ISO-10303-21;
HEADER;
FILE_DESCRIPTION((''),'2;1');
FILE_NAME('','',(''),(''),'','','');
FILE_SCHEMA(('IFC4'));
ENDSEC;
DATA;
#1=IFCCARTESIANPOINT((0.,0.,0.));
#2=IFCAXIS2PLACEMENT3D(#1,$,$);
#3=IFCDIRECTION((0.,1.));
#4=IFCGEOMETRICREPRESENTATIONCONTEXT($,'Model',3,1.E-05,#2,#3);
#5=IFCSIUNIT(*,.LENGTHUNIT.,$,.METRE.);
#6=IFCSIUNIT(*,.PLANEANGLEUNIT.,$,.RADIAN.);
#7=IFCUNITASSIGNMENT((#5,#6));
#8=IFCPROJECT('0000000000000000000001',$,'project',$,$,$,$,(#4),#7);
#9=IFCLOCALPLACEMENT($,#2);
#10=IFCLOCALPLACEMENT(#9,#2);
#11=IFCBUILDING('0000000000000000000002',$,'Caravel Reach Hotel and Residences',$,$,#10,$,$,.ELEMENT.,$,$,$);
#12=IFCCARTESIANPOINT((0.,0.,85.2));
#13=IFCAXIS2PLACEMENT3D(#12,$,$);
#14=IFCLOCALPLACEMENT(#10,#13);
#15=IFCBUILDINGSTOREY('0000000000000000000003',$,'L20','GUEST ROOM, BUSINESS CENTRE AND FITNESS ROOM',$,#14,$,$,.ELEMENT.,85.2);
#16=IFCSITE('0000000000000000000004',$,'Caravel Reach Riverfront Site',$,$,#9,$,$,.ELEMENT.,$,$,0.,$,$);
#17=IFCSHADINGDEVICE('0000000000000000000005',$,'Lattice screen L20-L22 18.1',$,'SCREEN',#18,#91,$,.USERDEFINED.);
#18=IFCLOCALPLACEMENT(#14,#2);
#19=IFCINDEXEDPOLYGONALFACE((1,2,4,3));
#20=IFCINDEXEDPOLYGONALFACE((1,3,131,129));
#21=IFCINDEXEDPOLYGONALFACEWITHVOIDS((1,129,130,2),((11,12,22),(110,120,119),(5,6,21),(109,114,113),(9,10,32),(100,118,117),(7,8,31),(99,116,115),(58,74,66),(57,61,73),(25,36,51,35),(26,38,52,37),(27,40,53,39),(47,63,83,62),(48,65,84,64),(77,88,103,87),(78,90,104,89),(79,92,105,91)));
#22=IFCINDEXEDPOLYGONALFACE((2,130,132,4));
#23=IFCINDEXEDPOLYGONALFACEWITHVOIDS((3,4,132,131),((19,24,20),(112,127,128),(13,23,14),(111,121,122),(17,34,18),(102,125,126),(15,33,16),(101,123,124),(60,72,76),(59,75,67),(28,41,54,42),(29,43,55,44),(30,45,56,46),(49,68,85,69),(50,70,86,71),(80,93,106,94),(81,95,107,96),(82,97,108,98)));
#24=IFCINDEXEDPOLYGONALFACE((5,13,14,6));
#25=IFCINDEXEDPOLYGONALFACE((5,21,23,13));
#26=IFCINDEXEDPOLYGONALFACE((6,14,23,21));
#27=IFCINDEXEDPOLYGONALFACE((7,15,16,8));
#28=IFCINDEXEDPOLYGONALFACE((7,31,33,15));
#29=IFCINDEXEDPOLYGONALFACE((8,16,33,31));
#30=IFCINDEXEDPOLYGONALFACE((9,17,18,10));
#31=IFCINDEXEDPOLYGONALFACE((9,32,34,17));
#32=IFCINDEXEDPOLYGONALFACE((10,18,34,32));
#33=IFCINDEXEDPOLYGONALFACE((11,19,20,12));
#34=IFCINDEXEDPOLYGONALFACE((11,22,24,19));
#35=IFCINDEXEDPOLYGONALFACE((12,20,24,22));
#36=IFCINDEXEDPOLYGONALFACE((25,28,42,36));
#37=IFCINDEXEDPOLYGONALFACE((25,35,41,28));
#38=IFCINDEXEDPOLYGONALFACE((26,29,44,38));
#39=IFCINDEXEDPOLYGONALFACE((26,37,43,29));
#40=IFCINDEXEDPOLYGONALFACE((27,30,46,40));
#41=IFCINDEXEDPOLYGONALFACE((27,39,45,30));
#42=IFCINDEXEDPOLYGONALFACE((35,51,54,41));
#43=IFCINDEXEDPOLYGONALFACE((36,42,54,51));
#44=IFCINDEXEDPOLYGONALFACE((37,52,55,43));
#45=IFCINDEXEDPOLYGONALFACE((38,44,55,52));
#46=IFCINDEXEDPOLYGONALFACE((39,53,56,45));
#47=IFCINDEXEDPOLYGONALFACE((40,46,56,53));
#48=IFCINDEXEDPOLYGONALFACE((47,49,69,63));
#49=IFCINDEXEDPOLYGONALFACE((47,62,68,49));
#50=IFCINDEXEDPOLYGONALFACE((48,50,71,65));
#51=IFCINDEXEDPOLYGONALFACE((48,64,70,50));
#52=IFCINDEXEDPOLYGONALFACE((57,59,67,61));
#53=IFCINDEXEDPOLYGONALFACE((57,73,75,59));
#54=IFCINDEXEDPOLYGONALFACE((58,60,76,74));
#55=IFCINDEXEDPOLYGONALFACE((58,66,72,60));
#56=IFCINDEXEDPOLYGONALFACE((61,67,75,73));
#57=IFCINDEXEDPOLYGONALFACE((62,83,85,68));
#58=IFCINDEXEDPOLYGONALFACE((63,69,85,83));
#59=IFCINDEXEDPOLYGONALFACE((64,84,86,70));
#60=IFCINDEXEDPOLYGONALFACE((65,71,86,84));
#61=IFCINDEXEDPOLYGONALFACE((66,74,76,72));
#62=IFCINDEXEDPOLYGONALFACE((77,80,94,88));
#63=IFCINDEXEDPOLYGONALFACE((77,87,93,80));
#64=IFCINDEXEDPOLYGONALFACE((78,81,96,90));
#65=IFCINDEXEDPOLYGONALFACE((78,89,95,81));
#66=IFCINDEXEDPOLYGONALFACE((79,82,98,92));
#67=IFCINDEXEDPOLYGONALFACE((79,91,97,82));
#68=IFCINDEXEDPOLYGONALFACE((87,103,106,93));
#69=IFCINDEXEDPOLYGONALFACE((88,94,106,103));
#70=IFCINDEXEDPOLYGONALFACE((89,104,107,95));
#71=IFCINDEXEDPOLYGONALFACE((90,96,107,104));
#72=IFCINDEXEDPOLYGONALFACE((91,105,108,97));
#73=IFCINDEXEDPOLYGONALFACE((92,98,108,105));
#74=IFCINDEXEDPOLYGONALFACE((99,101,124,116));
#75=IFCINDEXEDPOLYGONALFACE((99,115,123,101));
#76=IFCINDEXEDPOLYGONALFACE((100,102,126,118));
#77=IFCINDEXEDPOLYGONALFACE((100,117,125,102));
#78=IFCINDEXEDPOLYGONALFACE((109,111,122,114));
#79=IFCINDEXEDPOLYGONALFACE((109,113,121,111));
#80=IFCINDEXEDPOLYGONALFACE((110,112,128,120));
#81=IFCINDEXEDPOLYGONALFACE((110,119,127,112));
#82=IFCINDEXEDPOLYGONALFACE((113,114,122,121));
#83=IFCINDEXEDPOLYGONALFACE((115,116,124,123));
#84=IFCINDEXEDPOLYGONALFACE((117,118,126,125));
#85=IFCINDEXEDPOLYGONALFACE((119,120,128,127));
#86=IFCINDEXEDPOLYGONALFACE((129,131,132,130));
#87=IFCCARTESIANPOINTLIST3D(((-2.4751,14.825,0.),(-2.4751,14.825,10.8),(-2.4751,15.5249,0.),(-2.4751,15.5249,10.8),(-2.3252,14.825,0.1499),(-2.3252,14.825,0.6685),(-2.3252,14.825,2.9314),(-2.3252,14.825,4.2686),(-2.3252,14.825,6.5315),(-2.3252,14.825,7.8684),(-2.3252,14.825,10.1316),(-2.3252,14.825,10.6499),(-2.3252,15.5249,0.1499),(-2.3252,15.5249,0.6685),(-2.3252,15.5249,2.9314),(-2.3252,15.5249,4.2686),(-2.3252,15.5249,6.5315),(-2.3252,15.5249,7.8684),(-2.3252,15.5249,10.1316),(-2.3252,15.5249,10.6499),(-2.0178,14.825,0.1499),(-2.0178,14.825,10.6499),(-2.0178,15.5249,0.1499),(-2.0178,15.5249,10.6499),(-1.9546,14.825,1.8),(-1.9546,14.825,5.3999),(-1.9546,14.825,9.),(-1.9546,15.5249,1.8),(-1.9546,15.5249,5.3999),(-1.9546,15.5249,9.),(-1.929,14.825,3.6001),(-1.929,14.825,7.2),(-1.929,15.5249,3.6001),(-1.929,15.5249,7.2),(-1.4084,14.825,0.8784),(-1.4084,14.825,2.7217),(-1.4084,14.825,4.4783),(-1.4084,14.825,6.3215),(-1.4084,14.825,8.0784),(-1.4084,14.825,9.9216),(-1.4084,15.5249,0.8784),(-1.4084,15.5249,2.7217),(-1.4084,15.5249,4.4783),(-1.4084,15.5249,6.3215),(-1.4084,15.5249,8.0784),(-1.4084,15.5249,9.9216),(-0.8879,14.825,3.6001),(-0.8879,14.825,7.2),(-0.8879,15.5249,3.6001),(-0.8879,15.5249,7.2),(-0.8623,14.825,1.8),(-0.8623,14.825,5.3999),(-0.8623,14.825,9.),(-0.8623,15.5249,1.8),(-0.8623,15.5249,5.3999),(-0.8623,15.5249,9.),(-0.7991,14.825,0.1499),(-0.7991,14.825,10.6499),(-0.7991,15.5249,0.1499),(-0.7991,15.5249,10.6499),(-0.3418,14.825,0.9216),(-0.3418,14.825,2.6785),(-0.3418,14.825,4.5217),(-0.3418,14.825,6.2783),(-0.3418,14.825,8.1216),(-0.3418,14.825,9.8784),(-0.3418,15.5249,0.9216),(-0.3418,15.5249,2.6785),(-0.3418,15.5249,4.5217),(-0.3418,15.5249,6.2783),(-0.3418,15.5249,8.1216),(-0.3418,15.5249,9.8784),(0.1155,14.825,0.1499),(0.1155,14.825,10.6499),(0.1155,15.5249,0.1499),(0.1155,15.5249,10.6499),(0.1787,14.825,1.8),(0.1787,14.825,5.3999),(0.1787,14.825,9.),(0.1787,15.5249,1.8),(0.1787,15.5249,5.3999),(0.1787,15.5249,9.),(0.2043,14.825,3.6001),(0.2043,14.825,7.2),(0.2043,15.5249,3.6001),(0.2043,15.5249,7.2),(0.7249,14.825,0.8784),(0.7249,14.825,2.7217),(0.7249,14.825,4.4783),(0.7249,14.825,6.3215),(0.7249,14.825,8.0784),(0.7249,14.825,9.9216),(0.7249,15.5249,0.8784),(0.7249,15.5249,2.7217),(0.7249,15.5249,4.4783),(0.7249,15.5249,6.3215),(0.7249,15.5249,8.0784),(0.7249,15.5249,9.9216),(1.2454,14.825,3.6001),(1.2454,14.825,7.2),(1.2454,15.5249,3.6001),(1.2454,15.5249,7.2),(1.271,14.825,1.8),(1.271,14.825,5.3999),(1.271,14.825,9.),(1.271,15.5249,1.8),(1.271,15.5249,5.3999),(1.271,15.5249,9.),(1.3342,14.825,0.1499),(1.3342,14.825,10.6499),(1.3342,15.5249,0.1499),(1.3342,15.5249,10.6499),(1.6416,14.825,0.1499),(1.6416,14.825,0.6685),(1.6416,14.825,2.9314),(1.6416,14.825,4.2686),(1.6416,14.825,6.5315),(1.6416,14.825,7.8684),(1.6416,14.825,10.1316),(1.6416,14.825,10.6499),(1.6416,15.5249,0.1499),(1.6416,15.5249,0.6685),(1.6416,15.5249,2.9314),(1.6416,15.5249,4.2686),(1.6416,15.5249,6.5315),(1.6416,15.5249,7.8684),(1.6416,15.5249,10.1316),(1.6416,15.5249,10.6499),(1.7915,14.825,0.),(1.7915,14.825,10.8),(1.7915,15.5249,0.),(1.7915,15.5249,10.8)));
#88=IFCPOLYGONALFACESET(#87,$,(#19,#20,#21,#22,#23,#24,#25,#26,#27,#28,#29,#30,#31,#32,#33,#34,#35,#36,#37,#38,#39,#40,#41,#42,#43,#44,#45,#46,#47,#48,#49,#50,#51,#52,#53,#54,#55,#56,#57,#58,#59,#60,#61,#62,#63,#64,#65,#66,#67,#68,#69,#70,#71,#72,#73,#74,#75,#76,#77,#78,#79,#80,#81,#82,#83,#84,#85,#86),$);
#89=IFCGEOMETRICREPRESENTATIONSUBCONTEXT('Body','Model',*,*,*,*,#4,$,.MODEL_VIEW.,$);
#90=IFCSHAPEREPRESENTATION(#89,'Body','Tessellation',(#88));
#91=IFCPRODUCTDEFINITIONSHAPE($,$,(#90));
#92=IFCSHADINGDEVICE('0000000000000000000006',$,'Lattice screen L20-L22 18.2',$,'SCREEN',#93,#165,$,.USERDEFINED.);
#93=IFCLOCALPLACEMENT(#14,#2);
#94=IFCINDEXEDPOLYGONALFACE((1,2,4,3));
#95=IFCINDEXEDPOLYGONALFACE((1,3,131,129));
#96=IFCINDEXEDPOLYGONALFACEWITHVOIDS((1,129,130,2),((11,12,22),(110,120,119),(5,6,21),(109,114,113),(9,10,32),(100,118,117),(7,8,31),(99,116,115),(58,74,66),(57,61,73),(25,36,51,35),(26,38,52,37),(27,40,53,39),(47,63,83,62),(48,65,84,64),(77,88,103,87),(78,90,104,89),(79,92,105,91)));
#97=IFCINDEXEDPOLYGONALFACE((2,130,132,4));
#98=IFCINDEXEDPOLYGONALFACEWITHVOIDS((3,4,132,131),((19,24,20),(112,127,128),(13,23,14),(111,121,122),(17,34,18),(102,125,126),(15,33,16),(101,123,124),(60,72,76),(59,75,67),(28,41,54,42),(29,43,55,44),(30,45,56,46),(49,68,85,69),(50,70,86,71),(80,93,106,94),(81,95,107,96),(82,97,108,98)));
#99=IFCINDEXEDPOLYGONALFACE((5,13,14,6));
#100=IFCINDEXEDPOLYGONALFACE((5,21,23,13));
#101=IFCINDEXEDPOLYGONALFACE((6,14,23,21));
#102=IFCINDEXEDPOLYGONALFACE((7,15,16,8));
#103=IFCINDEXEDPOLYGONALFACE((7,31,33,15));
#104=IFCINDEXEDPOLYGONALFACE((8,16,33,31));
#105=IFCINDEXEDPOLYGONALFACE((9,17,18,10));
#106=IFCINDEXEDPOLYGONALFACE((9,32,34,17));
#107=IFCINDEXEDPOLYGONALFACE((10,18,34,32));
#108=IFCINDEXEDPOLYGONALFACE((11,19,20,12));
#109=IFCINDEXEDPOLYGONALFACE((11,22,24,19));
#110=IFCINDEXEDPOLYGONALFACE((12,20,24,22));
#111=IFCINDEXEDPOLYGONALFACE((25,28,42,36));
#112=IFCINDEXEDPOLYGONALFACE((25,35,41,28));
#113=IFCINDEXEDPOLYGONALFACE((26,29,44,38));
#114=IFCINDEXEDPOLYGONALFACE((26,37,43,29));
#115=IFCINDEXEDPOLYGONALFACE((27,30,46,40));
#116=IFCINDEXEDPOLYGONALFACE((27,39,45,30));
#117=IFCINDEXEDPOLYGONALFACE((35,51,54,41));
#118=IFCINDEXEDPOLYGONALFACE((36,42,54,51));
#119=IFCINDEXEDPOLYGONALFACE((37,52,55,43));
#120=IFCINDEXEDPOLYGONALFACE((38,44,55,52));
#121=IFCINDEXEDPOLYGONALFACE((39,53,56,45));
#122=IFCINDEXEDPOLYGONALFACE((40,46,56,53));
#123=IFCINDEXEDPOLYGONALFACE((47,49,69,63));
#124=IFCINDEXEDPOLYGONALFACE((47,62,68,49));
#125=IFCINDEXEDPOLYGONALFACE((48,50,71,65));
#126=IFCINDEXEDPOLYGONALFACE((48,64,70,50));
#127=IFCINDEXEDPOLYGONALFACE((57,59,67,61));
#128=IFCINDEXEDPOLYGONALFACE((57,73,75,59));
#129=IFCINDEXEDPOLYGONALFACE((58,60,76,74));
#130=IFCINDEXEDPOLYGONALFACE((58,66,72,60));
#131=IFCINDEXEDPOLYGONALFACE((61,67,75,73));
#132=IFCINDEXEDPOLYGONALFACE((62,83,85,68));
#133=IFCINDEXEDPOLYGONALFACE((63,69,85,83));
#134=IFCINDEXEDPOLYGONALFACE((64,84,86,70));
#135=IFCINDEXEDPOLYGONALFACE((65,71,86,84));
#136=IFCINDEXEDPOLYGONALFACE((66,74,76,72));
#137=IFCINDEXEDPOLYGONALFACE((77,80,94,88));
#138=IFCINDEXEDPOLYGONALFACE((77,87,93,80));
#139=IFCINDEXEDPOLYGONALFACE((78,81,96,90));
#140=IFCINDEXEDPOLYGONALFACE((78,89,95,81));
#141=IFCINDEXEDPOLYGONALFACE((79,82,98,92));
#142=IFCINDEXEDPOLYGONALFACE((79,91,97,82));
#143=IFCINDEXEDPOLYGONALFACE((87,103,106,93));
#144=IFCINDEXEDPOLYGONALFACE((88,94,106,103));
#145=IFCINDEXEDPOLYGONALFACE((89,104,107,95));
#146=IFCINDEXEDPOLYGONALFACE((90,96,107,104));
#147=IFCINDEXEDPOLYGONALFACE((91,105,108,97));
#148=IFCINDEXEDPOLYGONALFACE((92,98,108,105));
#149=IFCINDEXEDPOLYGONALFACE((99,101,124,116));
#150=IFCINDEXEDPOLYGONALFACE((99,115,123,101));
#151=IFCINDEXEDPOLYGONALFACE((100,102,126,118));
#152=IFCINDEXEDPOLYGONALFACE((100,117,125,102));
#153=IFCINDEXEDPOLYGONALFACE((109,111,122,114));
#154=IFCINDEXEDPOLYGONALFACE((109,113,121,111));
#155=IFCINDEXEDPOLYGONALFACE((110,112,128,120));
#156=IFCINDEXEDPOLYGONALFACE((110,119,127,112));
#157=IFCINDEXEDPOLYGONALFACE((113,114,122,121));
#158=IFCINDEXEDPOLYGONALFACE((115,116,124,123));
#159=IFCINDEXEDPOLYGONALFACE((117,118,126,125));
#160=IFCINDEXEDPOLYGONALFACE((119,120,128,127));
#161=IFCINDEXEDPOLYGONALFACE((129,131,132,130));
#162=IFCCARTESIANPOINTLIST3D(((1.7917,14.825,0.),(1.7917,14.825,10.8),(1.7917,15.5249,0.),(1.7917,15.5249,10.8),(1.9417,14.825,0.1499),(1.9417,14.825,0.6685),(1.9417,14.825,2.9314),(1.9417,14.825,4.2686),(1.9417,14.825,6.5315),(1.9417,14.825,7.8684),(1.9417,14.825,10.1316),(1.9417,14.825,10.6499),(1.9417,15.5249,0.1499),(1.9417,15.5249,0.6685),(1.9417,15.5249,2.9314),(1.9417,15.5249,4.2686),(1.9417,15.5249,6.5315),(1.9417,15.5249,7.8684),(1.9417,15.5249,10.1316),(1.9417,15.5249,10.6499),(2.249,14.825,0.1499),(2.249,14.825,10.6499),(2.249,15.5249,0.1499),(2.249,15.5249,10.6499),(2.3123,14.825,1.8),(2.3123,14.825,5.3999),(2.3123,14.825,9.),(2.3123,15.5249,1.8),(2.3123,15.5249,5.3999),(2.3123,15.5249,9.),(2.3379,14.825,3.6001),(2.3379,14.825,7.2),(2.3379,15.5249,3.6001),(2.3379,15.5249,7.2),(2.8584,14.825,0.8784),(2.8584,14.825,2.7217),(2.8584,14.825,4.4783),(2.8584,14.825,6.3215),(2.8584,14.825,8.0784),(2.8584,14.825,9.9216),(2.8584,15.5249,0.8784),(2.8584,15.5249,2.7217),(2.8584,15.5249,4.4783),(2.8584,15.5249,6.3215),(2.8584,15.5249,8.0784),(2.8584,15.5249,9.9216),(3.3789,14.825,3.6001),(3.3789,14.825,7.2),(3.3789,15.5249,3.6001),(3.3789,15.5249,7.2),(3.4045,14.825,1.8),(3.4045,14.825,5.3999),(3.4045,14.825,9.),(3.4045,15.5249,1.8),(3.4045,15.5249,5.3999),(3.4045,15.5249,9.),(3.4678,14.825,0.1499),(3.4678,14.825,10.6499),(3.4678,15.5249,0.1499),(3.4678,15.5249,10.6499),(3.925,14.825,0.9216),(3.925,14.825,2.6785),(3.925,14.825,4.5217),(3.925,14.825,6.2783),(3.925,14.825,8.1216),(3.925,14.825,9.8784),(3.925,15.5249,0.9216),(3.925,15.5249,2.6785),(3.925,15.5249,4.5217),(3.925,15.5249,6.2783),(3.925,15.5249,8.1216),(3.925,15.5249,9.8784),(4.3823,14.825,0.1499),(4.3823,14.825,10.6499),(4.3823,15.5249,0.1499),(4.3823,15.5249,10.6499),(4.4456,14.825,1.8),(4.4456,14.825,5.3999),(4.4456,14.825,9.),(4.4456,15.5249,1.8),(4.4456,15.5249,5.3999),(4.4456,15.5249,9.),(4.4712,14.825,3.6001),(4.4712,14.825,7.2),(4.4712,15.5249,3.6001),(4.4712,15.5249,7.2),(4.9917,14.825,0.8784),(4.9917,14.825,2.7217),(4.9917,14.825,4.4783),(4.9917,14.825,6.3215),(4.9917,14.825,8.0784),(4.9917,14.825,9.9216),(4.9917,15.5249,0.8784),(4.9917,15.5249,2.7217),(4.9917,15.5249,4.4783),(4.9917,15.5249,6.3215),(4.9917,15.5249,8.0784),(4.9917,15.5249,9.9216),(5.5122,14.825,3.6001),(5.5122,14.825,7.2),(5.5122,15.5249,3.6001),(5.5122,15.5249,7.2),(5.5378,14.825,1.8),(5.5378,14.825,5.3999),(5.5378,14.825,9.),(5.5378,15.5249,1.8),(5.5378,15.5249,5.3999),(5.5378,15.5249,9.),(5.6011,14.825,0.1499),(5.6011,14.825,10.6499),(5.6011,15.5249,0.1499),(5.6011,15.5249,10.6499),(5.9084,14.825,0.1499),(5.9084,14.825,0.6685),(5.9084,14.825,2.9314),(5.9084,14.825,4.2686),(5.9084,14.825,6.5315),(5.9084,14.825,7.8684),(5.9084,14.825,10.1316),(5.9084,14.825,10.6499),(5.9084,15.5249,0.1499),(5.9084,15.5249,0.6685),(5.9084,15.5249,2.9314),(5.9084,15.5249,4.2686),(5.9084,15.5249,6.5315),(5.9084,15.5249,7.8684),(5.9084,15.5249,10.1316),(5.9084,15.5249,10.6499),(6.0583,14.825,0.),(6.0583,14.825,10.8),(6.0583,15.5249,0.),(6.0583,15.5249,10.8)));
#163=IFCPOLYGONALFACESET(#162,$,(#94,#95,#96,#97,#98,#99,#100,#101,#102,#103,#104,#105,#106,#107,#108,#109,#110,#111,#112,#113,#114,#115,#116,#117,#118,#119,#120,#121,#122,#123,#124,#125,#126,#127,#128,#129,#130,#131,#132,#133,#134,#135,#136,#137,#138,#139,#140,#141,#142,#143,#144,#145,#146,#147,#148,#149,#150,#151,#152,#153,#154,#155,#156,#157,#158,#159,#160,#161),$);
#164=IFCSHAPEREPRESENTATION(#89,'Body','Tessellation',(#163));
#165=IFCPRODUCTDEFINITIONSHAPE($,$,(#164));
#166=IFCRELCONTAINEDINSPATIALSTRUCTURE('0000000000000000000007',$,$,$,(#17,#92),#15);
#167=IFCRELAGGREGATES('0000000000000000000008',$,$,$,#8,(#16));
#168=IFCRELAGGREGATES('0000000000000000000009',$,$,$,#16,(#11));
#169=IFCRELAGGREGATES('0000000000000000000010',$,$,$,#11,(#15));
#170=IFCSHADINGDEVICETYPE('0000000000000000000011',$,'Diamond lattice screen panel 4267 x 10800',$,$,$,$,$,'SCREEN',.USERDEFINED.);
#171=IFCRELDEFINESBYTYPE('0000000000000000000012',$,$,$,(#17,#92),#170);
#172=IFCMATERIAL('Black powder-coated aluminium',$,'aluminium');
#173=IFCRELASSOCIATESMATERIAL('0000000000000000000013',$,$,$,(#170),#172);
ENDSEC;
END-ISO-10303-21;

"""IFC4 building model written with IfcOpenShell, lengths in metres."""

from ifc_helpers import new_model, si_unit, direction, frame, origin, place, context, subcontext, project, spatial, polyline, outline, extrude, material, type_object, element, save


model = new_model("IFC4")

# Units and contexts
model_context = context("Model", 3, precision=1e-05, world=origin(), true_north=direction((0.0, 1.0)))
body_context = subcontext(model_context, "Body", "Model", "MODEL_VIEW")
ifc_project = project(units=[si_unit("LENGTHUNIT", "METRE"), si_unit("PLANEANGLEUNIT", "RADIAN")], contexts=[model_context])

# Site, building, storey
site_placement = place(None, origin())
site = spatial("IfcSite", under=ifc_project, at=site_placement, Name="Caravel Reach Riverfront Site", CompositionType="ELEMENT", RefElevation=0.0)
building_placement = place(site_placement, origin())
building = spatial("IfcBuilding", under=site, at=building_placement, Name="Caravel Reach Hotel and Residences", CompositionType="ELEMENT")
storey_placement = place(building_placement, frame((0.0, 0.0, 85.2)))
storey = spatial("IfcBuildingStorey", under=building, at=storey_placement, Name="L20", Description="GUEST ROOM, BUSINESS CENTRE AND FITNESS ROOM", CompositionType="ELEMENT", Elevation=85.2)

# Shading devices
ifc_material_1 = material(Name="Black powder-coated aluminium", Category="aluminium")
shading_device_type_1 = type_object("IfcShadingDeviceType", Name="Diamond lattice screen panel 4267 x 10800", ElementType="SCREEN", PredefinedType="USERDEFINED", material=ifc_material_1)
shading_device_1_placement = place(storey_placement, frame((-2.4751, 15.5249, 0.0), z_axis=(0.0, -1.0, 0.0), x_axis=(1.0, 0.0, 0.0)))
element("IfcShadingDevice", 1, at=shading_device_1_placement, inside=storey, type_object=shading_device_type_1, Name="Lattice screen L20-L22 18.1", ObjectType="SCREEN", PredefinedType="USERDEFINED", context=body_context, shape_type="SweptSolid", body=[
    extrude(outline(polyline([(0.0, 0.0), (4.2666, 0.0), (4.2666, 10.8), (0.0, 10.8), (0.0, 0.0)]), holes=[polyline([(0.4573, 0.1499), (0.1499, 0.6685), (0.1499, 0.1499), (0.4573, 0.1499)]), polyline([(0.5461, 3.6001), (0.1499, 4.2686), (0.1499, 2.9314), (0.5461, 3.6001)]), polyline([(0.5461, 7.2), (0.1499, 7.8684), (0.1499, 6.5315), (0.5461, 7.2)]), polyline([(0.1499, 10.1316), (0.4573, 10.6499), (0.1499, 10.6499), (0.1499, 10.1316)]), polyline([(1.0667, 2.7217), (0.5205, 1.8), (1.0667, 0.8784), (1.6128, 1.8), (1.0667, 2.7217)]), polyline([(1.0667, 6.3215), (0.5205, 5.3999), (1.0667, 4.4783), (1.6128, 5.3999), (1.0667, 6.3215)]), polyline([(1.0667, 9.9216), (0.5205, 9.0), (1.0667, 8.0784), (1.6128, 9.0), (1.0667, 9.9216)]), polyline([(2.1333, 0.9216), (1.676, 0.1499), (2.5906, 0.1499), (2.1333, 0.9216)]), polyline([(2.1333, 4.5217), (1.5872, 3.6001), (2.1333, 2.6785), (2.6794, 3.6001), (2.1333, 4.5217)]), polyline([(2.1333, 8.1216), (1.5872, 7.2), (2.1333, 6.2783), (2.6794, 7.2), (2.1333, 8.1216)]), polyline([(2.1333, 9.8784), (2.5906, 10.6499), (1.676, 10.6499), (2.1333, 9.8784)]), polyline([(3.2, 2.7217), (2.6538, 1.8), (3.2, 0.8784), (3.7461, 1.8), (3.2, 2.7217)]), polyline([(3.2, 6.3215), (2.6538, 5.3999), (3.2, 4.4783), (3.7461, 5.3999), (3.2, 6.3215)]), polyline([(3.2, 9.9216), (2.6538, 9.0), (3.2, 8.0784), (3.7461, 9.0), (3.2, 9.9216)]), polyline([(4.1167, 0.6685), (3.8093, 0.1499), (4.1167, 0.1499), (4.1167, 0.6685)]), polyline([(3.7205, 3.6001), (4.1167, 2.9314), (4.1167, 4.2686), (3.7205, 3.6001)]), polyline([(3.7205, 7.2), (4.1167, 6.5315), (4.1167, 7.8684), (3.7205, 7.2)]), polyline([(3.8093, 10.6499), (4.1167, 10.1316), (4.1167, 10.6499), (3.8093, 10.6499)])]), origin(), (0.0, 0.0, 1.0), 0.7),
])
shading_device_2_placement = place(storey_placement, frame((1.7917, 15.5249, 0.0), z_axis=(0.0, -1.0, 0.0), x_axis=(1.0, 0.0, 0.0)))
element("IfcShadingDevice", 2, at=shading_device_2_placement, inside=storey, type_object=shading_device_type_1, Name="Lattice screen L20-L22 18.2", ObjectType="SCREEN", PredefinedType="USERDEFINED", context=body_context, shape_type="SweptSolid", body=[
    extrude(outline(polyline([(0.0, 0.0), (4.2666, 0.0), (4.2666, 10.8), (0.0, 10.8), (0.0, 0.0)]), holes=[polyline([(0.4573, 0.1499), (0.1499, 0.6685), (0.1499, 0.1499), (0.4573, 0.1499)]), polyline([(0.5461, 3.6001), (0.1499, 4.2686), (0.1499, 2.9314), (0.5461, 3.6001)]), polyline([(0.5461, 7.2), (0.1499, 7.8684), (0.1499, 6.5315), (0.5461, 7.2)]), polyline([(0.1499, 10.1316), (0.4573, 10.6499), (0.1499, 10.6499), (0.1499, 10.1316)]), polyline([(1.0667, 2.7217), (0.5205, 1.8), (1.0667, 0.8784), (1.6128, 1.8), (1.0667, 2.7217)]), polyline([(1.0667, 6.3215), (0.5205, 5.3999), (1.0667, 4.4783), (1.6128, 5.3999), (1.0667, 6.3215)]), polyline([(1.0667, 9.9216), (0.5205, 9.0), (1.0667, 8.0784), (1.6128, 9.0), (1.0667, 9.9216)]), polyline([(2.1333, 0.9216), (1.676, 0.1499), (2.5906, 0.1499), (2.1333, 0.9216)]), polyline([(2.1333, 4.5217), (1.5872, 3.6001), (2.1333, 2.6785), (2.6794, 3.6001), (2.1333, 4.5217)]), polyline([(2.1333, 8.1216), (1.5872, 7.2), (2.1333, 6.2783), (2.6794, 7.2), (2.1333, 8.1216)]), polyline([(2.1333, 9.8784), (2.5906, 10.6499), (1.676, 10.6499), (2.1333, 9.8784)]), polyline([(3.2, 2.7217), (2.6538, 1.8), (3.2, 0.8784), (3.7461, 1.8), (3.2, 2.7217)]), polyline([(3.2, 6.3215), (2.6538, 5.3999), (3.2, 4.4783), (3.7461, 5.3999), (3.2, 6.3215)]), polyline([(3.2, 9.9216), (2.6538, 9.0), (3.2, 8.0784), (3.7461, 9.0), (3.2, 9.9216)]), polyline([(4.1167, 0.6685), (3.8093, 0.1499), (4.1167, 0.1499), (4.1167, 0.6685)]), polyline([(3.7205, 3.6001), (4.1167, 2.9314), (4.1167, 4.2686), (3.7205, 3.6001)]), polyline([(3.7205, 7.2), (4.1167, 6.5315), (4.1167, 7.8684), (3.7205, 7.2)]), polyline([(3.8093, 10.6499), (4.1167, 10.1316), (4.1167, 10.6499), (3.8093, 10.6499)])]), origin(), (0.0, 0.0, 1.0), 0.7),
])

save(model, "model.ifc")
